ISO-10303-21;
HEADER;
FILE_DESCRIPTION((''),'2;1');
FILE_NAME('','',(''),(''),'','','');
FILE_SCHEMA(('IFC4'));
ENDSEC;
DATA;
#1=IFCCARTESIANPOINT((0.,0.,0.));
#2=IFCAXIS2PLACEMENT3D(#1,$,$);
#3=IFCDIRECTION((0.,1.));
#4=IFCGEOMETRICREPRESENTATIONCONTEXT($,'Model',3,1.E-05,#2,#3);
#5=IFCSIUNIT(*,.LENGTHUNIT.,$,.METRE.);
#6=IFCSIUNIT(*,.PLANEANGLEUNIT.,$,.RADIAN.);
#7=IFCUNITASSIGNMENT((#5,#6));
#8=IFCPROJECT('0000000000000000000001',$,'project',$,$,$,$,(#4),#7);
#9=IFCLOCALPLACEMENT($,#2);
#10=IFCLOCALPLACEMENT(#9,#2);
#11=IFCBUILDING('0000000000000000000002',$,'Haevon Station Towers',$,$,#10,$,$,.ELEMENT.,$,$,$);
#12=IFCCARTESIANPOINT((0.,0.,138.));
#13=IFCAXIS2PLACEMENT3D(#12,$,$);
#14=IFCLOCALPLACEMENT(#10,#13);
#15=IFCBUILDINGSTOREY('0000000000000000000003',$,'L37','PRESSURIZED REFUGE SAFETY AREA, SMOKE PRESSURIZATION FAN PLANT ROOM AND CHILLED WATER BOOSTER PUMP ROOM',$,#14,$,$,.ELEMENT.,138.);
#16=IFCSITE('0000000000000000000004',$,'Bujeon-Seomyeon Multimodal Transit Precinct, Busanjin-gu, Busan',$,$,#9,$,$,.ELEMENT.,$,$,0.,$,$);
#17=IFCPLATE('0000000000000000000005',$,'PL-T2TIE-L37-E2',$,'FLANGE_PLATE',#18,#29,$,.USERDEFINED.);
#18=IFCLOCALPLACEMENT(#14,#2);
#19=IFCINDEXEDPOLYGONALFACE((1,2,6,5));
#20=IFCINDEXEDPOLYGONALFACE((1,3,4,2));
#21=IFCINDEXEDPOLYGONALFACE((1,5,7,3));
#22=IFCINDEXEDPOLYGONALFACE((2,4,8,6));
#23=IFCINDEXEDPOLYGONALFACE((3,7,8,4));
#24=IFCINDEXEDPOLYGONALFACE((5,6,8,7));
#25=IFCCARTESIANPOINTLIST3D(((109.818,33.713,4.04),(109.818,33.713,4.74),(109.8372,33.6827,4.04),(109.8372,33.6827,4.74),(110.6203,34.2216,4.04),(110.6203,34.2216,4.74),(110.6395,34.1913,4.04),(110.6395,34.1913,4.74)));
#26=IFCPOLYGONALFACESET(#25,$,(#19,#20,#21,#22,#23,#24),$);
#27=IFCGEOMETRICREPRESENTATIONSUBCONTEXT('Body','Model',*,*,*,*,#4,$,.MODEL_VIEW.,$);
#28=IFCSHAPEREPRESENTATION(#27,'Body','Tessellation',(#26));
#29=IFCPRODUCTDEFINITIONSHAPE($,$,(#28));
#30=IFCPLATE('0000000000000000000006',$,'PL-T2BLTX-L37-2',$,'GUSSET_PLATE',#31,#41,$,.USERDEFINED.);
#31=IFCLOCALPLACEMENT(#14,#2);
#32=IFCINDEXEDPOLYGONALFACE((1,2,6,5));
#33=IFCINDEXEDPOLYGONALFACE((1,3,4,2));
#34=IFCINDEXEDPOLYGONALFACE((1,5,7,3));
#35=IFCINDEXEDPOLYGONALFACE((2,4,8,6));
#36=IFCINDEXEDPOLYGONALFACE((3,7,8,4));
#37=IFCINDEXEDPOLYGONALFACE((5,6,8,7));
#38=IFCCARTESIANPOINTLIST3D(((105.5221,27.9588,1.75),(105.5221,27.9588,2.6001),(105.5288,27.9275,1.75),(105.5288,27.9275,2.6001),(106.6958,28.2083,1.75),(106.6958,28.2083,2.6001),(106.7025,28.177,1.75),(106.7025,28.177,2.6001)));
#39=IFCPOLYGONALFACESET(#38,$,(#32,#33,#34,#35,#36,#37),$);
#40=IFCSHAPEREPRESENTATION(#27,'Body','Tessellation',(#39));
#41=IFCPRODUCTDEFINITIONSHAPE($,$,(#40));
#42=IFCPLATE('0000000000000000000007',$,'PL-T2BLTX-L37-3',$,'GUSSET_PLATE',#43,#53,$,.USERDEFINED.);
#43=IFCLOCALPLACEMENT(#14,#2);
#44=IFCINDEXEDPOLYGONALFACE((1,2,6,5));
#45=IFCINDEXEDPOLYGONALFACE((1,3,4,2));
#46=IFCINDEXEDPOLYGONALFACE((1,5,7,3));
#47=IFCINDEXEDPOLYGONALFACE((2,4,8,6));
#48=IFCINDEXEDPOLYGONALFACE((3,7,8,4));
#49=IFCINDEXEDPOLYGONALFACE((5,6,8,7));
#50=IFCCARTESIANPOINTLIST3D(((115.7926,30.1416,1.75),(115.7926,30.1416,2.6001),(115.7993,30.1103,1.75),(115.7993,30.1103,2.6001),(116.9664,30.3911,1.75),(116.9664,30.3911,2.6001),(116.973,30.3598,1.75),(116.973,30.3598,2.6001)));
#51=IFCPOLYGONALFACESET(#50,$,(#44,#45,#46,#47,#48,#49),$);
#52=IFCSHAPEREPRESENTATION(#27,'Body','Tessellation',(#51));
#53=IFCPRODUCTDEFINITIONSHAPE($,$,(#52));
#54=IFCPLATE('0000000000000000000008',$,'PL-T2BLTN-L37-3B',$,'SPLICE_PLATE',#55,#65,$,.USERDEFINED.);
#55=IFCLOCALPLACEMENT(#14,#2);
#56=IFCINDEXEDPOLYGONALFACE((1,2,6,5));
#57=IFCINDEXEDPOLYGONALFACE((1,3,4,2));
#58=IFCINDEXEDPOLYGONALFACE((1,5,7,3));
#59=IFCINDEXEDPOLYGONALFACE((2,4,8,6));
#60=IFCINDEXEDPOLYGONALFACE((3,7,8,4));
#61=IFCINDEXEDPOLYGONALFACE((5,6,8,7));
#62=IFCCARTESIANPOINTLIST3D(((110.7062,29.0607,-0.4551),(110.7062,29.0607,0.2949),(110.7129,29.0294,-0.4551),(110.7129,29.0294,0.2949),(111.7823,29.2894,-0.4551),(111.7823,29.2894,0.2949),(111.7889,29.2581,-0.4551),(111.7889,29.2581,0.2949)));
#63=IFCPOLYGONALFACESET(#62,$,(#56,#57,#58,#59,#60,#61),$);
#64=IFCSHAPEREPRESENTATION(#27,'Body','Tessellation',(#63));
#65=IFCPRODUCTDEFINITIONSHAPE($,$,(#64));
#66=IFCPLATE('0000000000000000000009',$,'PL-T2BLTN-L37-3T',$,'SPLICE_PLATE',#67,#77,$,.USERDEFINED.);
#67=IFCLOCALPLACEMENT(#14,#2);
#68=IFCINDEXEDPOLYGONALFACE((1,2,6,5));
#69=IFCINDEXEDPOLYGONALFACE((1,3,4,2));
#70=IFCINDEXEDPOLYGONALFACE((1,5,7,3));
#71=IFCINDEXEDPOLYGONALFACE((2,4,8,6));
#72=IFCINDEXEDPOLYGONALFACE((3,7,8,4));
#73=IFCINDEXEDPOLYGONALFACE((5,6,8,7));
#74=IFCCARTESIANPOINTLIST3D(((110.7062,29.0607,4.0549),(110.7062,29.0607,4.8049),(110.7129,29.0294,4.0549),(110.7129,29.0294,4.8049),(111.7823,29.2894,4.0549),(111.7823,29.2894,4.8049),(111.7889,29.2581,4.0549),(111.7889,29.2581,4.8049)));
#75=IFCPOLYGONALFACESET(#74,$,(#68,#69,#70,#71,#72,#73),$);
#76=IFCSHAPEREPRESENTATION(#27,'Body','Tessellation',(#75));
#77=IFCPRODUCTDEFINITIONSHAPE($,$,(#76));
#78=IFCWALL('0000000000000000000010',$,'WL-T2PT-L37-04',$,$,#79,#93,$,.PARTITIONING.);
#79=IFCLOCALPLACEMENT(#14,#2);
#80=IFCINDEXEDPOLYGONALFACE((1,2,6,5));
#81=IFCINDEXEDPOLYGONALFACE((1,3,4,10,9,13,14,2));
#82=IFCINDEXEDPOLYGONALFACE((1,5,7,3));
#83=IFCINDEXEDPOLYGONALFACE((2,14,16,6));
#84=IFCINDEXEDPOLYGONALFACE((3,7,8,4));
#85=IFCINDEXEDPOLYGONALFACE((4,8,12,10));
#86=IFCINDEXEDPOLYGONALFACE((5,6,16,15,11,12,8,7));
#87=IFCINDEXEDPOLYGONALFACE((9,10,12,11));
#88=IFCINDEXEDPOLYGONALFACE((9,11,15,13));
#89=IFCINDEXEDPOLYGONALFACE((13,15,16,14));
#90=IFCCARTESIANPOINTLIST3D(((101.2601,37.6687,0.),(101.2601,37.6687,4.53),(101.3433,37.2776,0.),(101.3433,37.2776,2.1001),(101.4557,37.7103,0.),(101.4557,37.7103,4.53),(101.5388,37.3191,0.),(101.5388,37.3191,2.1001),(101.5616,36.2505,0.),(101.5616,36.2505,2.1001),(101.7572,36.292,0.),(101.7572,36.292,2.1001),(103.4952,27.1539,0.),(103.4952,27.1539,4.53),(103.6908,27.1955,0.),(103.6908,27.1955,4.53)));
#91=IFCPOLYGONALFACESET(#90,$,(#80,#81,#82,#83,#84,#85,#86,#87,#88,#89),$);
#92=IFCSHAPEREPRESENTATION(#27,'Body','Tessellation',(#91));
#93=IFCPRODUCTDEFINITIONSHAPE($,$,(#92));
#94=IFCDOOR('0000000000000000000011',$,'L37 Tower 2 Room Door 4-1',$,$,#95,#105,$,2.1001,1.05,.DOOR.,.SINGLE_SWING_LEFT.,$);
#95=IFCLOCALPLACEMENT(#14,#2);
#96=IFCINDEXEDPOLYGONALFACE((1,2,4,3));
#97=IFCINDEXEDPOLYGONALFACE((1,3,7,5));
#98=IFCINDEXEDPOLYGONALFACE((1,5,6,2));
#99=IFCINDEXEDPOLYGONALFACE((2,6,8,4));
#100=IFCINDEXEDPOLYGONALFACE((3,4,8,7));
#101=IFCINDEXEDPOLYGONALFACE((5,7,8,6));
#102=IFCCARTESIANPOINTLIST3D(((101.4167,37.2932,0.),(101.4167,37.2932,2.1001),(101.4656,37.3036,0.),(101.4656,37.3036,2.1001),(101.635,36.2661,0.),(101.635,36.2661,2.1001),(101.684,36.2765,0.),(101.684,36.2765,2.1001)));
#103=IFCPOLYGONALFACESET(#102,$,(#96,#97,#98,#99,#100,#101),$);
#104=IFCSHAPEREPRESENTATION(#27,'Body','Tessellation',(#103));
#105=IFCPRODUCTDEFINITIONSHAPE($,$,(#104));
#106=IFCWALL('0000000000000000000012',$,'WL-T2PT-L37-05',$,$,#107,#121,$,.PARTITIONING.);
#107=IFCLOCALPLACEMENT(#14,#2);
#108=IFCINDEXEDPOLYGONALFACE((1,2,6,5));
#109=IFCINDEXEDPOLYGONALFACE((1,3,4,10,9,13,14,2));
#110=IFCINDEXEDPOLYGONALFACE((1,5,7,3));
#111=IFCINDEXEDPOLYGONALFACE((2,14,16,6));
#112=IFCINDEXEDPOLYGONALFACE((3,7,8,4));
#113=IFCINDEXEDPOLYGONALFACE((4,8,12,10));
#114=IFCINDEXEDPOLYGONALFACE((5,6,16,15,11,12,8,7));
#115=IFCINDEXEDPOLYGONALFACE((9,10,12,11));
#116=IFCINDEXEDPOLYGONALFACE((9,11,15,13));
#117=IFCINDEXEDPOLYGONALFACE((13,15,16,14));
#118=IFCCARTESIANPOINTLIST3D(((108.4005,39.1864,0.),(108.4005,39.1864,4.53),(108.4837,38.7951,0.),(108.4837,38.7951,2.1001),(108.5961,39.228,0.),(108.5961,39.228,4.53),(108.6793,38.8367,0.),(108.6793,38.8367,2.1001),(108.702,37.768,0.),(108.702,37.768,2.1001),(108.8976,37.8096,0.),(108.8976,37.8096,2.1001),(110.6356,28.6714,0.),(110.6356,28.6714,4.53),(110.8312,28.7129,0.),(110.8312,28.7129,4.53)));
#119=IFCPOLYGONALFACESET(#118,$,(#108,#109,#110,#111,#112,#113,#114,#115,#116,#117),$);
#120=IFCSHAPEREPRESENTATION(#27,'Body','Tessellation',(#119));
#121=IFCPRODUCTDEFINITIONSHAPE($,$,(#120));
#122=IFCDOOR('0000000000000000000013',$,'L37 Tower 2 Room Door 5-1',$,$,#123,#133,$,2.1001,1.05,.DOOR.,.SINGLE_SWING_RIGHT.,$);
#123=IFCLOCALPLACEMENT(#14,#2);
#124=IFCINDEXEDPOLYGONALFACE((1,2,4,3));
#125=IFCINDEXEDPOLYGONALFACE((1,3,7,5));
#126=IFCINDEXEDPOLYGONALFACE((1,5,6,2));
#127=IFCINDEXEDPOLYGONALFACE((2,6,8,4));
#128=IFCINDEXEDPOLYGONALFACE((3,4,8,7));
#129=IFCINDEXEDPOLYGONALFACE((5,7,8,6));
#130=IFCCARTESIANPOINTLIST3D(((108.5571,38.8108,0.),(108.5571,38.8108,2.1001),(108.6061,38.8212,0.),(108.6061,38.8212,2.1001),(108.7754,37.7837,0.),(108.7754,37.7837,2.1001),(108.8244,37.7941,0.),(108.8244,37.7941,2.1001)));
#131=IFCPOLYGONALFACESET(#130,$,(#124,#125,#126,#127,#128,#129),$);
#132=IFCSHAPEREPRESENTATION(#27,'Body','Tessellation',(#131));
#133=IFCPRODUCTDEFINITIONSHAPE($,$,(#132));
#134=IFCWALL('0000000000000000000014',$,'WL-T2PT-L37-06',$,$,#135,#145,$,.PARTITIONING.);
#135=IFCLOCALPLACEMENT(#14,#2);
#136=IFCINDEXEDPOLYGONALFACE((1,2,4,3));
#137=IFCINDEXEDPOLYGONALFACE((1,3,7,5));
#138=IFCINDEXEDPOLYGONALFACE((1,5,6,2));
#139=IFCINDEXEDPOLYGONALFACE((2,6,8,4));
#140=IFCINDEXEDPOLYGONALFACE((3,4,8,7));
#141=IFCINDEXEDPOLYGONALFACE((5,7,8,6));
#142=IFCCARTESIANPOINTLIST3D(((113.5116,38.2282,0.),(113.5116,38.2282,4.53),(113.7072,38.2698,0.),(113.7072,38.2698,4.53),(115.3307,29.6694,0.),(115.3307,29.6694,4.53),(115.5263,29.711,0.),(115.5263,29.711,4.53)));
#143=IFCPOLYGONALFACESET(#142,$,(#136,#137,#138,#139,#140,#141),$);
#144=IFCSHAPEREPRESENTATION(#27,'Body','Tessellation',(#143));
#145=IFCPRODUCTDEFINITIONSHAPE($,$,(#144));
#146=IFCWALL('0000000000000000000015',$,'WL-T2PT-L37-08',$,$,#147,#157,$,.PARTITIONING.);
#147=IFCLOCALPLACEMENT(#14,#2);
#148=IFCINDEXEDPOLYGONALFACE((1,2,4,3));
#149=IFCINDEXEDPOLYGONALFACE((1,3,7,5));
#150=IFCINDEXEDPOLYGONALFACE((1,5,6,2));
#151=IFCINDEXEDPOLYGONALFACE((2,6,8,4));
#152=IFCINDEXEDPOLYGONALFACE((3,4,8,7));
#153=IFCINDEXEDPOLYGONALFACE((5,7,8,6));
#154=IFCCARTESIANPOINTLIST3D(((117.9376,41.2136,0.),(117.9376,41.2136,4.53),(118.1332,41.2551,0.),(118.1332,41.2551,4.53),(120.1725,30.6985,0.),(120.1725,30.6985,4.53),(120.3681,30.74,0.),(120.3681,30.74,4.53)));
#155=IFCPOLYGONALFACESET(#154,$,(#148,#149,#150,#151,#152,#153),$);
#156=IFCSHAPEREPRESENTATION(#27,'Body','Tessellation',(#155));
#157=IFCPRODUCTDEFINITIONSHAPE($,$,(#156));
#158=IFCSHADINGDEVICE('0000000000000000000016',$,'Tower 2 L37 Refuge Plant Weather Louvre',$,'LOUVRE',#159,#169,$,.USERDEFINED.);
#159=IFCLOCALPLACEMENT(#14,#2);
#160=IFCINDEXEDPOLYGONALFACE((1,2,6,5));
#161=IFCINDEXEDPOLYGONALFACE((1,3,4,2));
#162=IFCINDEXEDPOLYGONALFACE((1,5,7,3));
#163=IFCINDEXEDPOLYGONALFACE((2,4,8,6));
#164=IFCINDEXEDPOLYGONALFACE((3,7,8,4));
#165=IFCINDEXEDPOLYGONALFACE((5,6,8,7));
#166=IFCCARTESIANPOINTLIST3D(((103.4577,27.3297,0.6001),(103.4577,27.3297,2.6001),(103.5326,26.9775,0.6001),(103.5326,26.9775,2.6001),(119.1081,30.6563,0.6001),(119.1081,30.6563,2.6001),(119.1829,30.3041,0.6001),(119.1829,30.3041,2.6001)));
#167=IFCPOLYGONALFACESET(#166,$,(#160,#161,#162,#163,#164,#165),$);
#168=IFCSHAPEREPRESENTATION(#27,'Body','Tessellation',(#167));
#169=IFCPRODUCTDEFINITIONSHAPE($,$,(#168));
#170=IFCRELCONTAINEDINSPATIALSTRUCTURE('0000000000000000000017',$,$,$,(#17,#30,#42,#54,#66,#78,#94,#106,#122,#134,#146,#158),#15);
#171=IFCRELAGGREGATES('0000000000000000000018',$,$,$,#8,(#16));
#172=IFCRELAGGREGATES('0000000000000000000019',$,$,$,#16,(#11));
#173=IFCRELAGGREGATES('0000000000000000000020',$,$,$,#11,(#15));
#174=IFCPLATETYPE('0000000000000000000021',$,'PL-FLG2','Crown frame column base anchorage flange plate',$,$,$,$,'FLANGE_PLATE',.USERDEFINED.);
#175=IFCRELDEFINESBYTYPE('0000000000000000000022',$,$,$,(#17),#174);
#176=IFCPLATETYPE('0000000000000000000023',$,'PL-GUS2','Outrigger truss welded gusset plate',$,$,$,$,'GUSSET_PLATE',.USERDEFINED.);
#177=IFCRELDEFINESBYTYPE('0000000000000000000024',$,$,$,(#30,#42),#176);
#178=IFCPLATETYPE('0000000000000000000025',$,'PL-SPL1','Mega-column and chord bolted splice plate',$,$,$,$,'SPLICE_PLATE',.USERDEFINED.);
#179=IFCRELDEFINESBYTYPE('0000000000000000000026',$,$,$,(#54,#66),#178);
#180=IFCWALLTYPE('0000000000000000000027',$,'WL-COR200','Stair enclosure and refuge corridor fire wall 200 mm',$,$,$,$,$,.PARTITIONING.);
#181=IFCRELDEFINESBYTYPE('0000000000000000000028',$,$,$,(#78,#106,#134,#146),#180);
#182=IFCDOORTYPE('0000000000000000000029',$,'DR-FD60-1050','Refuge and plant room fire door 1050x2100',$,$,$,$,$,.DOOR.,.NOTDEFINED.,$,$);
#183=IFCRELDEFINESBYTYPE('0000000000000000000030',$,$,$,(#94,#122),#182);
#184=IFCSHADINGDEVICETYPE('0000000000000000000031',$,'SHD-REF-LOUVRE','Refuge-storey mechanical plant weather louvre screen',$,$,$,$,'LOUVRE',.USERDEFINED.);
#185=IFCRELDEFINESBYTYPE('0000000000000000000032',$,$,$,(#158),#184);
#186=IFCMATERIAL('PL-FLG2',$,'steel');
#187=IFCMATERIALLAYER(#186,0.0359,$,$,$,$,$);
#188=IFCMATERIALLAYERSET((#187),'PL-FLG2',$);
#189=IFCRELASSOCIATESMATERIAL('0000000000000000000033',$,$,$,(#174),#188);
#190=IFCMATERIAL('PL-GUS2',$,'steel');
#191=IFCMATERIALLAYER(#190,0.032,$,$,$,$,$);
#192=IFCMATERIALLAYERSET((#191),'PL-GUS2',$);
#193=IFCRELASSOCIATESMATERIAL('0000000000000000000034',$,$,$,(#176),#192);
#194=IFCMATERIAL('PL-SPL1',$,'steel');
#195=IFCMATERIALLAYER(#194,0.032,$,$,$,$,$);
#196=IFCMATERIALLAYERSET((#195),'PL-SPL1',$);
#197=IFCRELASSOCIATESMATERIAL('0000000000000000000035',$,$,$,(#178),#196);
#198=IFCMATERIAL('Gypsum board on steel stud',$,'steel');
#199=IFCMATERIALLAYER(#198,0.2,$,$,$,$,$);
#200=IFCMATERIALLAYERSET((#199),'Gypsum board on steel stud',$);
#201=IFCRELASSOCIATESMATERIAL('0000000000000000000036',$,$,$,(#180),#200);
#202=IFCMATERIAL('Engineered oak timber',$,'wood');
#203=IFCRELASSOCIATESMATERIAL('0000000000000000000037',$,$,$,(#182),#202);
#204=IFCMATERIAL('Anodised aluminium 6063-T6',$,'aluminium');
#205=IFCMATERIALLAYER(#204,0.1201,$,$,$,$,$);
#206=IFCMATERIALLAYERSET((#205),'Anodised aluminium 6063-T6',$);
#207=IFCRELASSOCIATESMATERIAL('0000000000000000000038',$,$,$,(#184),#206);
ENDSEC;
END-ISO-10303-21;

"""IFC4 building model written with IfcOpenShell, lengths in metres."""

from ifc_helpers import new_model, si_unit, direction, frame, frame_2d, origin, origin_2d, place, context, subcontext, project, spatial, rectangle, extrude, material, layer, layer_set, type_object, element, fill, save


model = new_model("IFC4")

# Units and contexts
model_context = context("Model", 3, precision=1e-05, world=origin(), true_north=direction((0.0, 1.0)))
body_context = subcontext(model_context, "Body", "Model", "MODEL_VIEW")
ifc_project = project(units=[si_unit("LENGTHUNIT", "METRE"), si_unit("PLANEANGLEUNIT", "RADIAN")], contexts=[model_context])

# Site, building, storey
site_placement = place(None, origin())
site = spatial("IfcSite", under=ifc_project, at=site_placement, Name="Bujeon-Seomyeon Multimodal Transit Precinct, Busanjin-gu, Busan", CompositionType="ELEMENT", RefElevation=0.0)
building_placement = place(site_placement, origin())
building = spatial("IfcBuilding", under=site, at=building_placement, Name="Haevon Station Towers", CompositionType="ELEMENT")
storey_placement = place(building_placement, frame((0.0, 0.0, 138.0)))
storey = spatial("IfcBuildingStorey", under=building, at=storey_placement, Name="L37", Description="PRESSURIZED REFUGE SAFETY AREA, SMOKE PRESSURIZATION FAN PLANT ROOM AND CHILLED WATER BOOSTER PUMP ROOM", CompositionType="ELEMENT", Elevation=138.0)

# Plates
ifc_material_1 = material(Name="PL-FLG2", Category="steel")
ifc_layer_1 = layer(ifc_material_1, 0.0359)
ifc_layer_set_1 = layer_set([ifc_layer_1], Name="PL-FLG2")
plate_type_1 = type_object("IfcPlateType", Name="PL-FLG2", Description="Crown frame column base anchorage flange plate", ElementType="FLANGE_PLATE", PredefinedType="USERDEFINED", material=ifc_layer_set_1)
plate_placement = place(storey_placement, frame((110.2288, 33.9521, 4.04), z_axis=(0.0, 0.0, 1.0), x_axis=(0.844549, 0.535479, 0.0)))
element("IfcPlate", 1, at=plate_placement, inside=storey, type_object=plate_type_1, Name="PL-T2TIE-L37-E2", ObjectType="FLANGE_PLATE", PredefinedType="USERDEFINED", context=body_context, shape_type="SweptSolid", body=[
    extrude(rectangle(XDim=0.95, YDim=0.0359, at=origin_2d()), origin(), (0.0, 0.0, 1.0), 0.7),
])
ifc_material_2 = material(Name="PL-GUS2", Category="steel")
ifc_layer_2 = layer(ifc_material_2, 0.032)
ifc_layer_set_2 = layer_set([ifc_layer_2], Name="PL-GUS2")
plate_type_2 = type_object("IfcPlateType", Name="PL-GUS2", Description="Outrigger truss welded gusset plate", ElementType="GUSSET_PLATE", PredefinedType="USERDEFINED", material=ifc_layer_set_2)
for number, where, z_axis, x_axis, name in (
    (2, (106.1123, 28.0679, 1.75), (0.0, 0.0, 1.0), (0.978148, 0.207912, 0.0), "PL-T2BLTX-L37-2"),
    (3, (116.3828, 30.2507, 1.75), (0.0, 0.0, 1.0), (0.978148, 0.207912, 0.0), "PL-T2BLTX-L37-3"),
):
    element("IfcPlate", number, at=place(storey_placement, frame(where, z_axis=z_axis, x_axis=x_axis)), inside=storey, type_object=plate_type_2, Name=name, ObjectType="GUSSET_PLATE", PredefinedType="USERDEFINED", context=body_context, shape_type="SweptSolid", body=[
        extrude(rectangle(XDim=1.2, YDim=0.032, at=origin_2d()), origin(), (0.0, 0.0, 1.0), 0.8501),
    ])
ifc_material_3 = material(Name="PL-SPL1", Category="steel")
ifc_layer_3 = layer(ifc_material_3, 0.032)
ifc_layer_set_3 = layer_set([ifc_layer_3], Name="PL-SPL1")
plate_type_3 = type_object("IfcPlateType", Name="PL-SPL1", Description="Mega-column and chord bolted splice plate", ElementType="SPLICE_PLATE", PredefinedType="USERDEFINED", material=ifc_layer_set_3)
for number, where, z_axis, x_axis, name in (
    (4, (111.2476, 29.1594, -0.4551), (0.0, 0.0, 1.0), (0.978148, 0.207912, 0.0), "PL-T2BLTN-L37-3B"),
    (5, (111.2476, 29.1594, 4.0549), (0.0, 0.0, 1.0), (0.978148, 0.207912, 0.0), "PL-T2BLTN-L37-3T"),
):
    element("IfcPlate", number, at=place(storey_placement, frame(where, z_axis=z_axis, x_axis=x_axis)), inside=storey, type_object=plate_type_3, Name=name, ObjectType="SPLICE_PLATE", PredefinedType="USERDEFINED", context=body_context, shape_type="SweptSolid", body=[
        extrude(rectangle(XDim=1.1001, YDim=0.032, at=origin_2d()), origin(), (0.0, 0.0, 1.0), 0.75),
    ])

# Walls, openings, doors
ifc_material_4 = material(Name="Gypsum board on steel stud", Category="steel")
ifc_layer_4 = layer(ifc_material_4, 0.2)
ifc_layer_set_4 = layer_set([ifc_layer_4], Name="Gypsum board on steel stud")
wall_type = type_object("IfcWallType", Name="WL-COR200", Description="Stair enclosure and refuge corridor fire wall 200 mm", PredefinedType="PARTITIONING", material=ifc_layer_set_4)
wall_1_placement = place(storey_placement, frame((103.593, 27.1746, 0.0), z_axis=(0.0, 0.0, 1.0), x_axis=(-0.20792, 0.978146, 0.0)))
wall_1 = element("IfcWall", 6, at=wall_1_placement, inside=storey, type_object=wall_type, Name="WL-T2PT-L37-04", PredefinedType="PARTITIONING", context=body_context, shape_type="SweptSolid", body=[
    extrude(rectangle(XDim=10.7498, YDim=0.2, at=frame_2d((5.375, 0.0))), origin(), (0.0, 0.0, 1.0), 4.53),
])
opening_1_placement = place(wall_1_placement, frame((9.3, 0.0, 0.0)))
opening_1 = element("IfcOpeningElement", 7, at=opening_1_placement, cuts=wall_1, PredefinedType="OPENING", context=body_context, shape_type="SweptSolid", body=[
    extrude(rectangle(XDim=1.05, YDim=2.1001, at=frame_2d((0.5249, 1.05))), frame((0.0, 0.1099, 0.0), z_axis=(0.0, -1.0, 0.0), x_axis=(1.0, 0.0, 0.0)), (0.0, 0.0, 1.0), 0.22),
])
ifc_material_5 = material(Name="Engineered oak timber", Category="wood")
door_type = type_object("IfcDoorType", Name="DR-FD60-1050", Description="Refuge and plant room fire door 1050x2100", OperationType="NOTDEFINED", PredefinedType="DOOR", material=ifc_material_5)
door_1_placement = place(opening_1_placement, origin())
door_1 = element("IfcDoor", 8, at=door_1_placement, inside=storey, type_object=door_type, Name="L37 Tower 2 Room Door 4-1", OperationType="SINGLE_SWING_LEFT", OverallHeight=2.1001, OverallWidth=1.05, PredefinedType="DOOR", context=body_context, shape_type="SweptSolid", body=[
    extrude(rectangle(XDim=1.05, YDim=2.1001, at=frame_2d((0.5249, 1.05))), frame((0.0, 0.0249, 0.0), z_axis=(0.0, -1.0, 0.0), x_axis=(1.0, 0.0, 0.0)), (0.0, 0.0, 1.0), 0.05),
])
fill(opening_1, door_1)
wall_2_placement = place(storey_placement, frame((110.7334, 28.6921, 0.0), z_axis=(0.0, 0.0, 1.0), x_axis=(-0.207916, 0.978147, 0.0)))
wall_2 = element("IfcWall", 9, at=wall_2_placement, inside=storey, type_object=wall_type, Name="WL-T2PT-L37-05", PredefinedType="PARTITIONING", context=body_context, shape_type="SweptSolid", body=[
    extrude(rectangle(XDim=10.75, YDim=0.2, at=frame_2d((5.375, 0.0))), origin(), (0.0, 0.0, 1.0), 4.53),
])
opening_2_placement = place(wall_2_placement, frame((9.3, 0.0, 0.0)))
opening_2 = element("IfcOpeningElement", 10, at=opening_2_placement, cuts=wall_2, PredefinedType="OPENING", context=body_context, shape_type="SweptSolid", body=[
    extrude(rectangle(XDim=1.05, YDim=2.1001, at=frame_2d((0.5249, 1.05))), frame((0.0, 0.1099, 0.0), z_axis=(0.0, -1.0, 0.0), x_axis=(1.0, 0.0, 0.0)), (0.0, 0.0, 1.0), 0.22),
])
door_2_placement = place(opening_2_placement, origin())
door_2 = element("IfcDoor", 11, at=door_2_placement, inside=storey, type_object=door_type, Name="L37 Tower 2 Room Door 5-1", OperationType="SINGLE_SWING_RIGHT", OverallHeight=2.1001, OverallWidth=1.05, PredefinedType="DOOR", context=body_context, shape_type="SweptSolid", body=[
    extrude(rectangle(XDim=1.05, YDim=2.1001, at=frame_2d((0.5249, 1.05))), frame((0.0, 0.0249, 0.0), z_axis=(0.0, -1.0, 0.0), x_axis=(1.0, 0.0, 0.0)), (0.0, 0.0, 1.0), 0.05),
])
fill(opening_2, door_2)

# Walls
wall_3_placement = place(storey_placement, frame((115.4285, 29.6902, 0.0), z_axis=(0.0, 0.0, 1.0), x_axis=(-0.207896, 0.978151, 0.0)))
element("IfcWall", 12, at=wall_3_placement, inside=storey, type_object=wall_type, Name="WL-T2PT-L37-06", PredefinedType="PARTITIONING", context=body_context, shape_type="SweptSolid", body=[
    extrude(rectangle(XDim=8.75, YDim=0.2, at=frame_2d((4.375, 0.0))), origin(), (0.0, 0.0, 1.0), 4.53),
])
wall_4_placement = place(storey_placement, frame((120.2703, 30.7192, 0.0), z_axis=(0.0, 0.0, 1.0), x_axis=(-0.207894, 0.978151, 0.0)))
element("IfcWall", 13, at=wall_4_placement, inside=storey, type_object=wall_type, Name="WL-T2PT-L37-08", PredefinedType="PARTITIONING", context=body_context, shape_type="SweptSolid", body=[
    extrude(rectangle(XDim=10.75, YDim=0.2, at=frame_2d((5.375, 0.0))), origin(), (0.0, 0.0, 1.0), 4.53),
])

# Shading device
ifc_material_6 = material(Name="Anodised aluminium 6063-T6", Category="aluminium")
ifc_layer_5 = layer(ifc_material_6, 0.1201)
ifc_layer_set_5 = layer_set([ifc_layer_5], Name="Anodised aluminium 6063-T6")
shading_device_type = type_object("IfcShadingDeviceType", Name="SHD-REF-LOUVRE", Description="Refuge-storey mechanical plant weather louvre screen", ElementType="LOUVRE", PredefinedType="USERDEFINED", material=ifc_layer_set_5)
shading_device_placement = place(storey_placement, frame((111.3203, 28.8169, 0.6001), z_axis=(0.0, 0.0, 1.0), x_axis=(0.978148, 0.207912, 0.0)))
element("IfcShadingDevice", 14, at=shading_device_placement, inside=storey, type_object=shading_device_type, Name="Tower 2 L37 Refuge Plant Weather Louvre", ObjectType="LOUVRE", PredefinedType="USERDEFINED", context=body_context, shape_type="SweptSolid", body=[
    extrude(rectangle(XDim=16.0, YDim=0.3601, at=origin_2d()), origin(), (0.0, 0.0, 1.0), 2.0),
])

save(model, "model.ifc")
